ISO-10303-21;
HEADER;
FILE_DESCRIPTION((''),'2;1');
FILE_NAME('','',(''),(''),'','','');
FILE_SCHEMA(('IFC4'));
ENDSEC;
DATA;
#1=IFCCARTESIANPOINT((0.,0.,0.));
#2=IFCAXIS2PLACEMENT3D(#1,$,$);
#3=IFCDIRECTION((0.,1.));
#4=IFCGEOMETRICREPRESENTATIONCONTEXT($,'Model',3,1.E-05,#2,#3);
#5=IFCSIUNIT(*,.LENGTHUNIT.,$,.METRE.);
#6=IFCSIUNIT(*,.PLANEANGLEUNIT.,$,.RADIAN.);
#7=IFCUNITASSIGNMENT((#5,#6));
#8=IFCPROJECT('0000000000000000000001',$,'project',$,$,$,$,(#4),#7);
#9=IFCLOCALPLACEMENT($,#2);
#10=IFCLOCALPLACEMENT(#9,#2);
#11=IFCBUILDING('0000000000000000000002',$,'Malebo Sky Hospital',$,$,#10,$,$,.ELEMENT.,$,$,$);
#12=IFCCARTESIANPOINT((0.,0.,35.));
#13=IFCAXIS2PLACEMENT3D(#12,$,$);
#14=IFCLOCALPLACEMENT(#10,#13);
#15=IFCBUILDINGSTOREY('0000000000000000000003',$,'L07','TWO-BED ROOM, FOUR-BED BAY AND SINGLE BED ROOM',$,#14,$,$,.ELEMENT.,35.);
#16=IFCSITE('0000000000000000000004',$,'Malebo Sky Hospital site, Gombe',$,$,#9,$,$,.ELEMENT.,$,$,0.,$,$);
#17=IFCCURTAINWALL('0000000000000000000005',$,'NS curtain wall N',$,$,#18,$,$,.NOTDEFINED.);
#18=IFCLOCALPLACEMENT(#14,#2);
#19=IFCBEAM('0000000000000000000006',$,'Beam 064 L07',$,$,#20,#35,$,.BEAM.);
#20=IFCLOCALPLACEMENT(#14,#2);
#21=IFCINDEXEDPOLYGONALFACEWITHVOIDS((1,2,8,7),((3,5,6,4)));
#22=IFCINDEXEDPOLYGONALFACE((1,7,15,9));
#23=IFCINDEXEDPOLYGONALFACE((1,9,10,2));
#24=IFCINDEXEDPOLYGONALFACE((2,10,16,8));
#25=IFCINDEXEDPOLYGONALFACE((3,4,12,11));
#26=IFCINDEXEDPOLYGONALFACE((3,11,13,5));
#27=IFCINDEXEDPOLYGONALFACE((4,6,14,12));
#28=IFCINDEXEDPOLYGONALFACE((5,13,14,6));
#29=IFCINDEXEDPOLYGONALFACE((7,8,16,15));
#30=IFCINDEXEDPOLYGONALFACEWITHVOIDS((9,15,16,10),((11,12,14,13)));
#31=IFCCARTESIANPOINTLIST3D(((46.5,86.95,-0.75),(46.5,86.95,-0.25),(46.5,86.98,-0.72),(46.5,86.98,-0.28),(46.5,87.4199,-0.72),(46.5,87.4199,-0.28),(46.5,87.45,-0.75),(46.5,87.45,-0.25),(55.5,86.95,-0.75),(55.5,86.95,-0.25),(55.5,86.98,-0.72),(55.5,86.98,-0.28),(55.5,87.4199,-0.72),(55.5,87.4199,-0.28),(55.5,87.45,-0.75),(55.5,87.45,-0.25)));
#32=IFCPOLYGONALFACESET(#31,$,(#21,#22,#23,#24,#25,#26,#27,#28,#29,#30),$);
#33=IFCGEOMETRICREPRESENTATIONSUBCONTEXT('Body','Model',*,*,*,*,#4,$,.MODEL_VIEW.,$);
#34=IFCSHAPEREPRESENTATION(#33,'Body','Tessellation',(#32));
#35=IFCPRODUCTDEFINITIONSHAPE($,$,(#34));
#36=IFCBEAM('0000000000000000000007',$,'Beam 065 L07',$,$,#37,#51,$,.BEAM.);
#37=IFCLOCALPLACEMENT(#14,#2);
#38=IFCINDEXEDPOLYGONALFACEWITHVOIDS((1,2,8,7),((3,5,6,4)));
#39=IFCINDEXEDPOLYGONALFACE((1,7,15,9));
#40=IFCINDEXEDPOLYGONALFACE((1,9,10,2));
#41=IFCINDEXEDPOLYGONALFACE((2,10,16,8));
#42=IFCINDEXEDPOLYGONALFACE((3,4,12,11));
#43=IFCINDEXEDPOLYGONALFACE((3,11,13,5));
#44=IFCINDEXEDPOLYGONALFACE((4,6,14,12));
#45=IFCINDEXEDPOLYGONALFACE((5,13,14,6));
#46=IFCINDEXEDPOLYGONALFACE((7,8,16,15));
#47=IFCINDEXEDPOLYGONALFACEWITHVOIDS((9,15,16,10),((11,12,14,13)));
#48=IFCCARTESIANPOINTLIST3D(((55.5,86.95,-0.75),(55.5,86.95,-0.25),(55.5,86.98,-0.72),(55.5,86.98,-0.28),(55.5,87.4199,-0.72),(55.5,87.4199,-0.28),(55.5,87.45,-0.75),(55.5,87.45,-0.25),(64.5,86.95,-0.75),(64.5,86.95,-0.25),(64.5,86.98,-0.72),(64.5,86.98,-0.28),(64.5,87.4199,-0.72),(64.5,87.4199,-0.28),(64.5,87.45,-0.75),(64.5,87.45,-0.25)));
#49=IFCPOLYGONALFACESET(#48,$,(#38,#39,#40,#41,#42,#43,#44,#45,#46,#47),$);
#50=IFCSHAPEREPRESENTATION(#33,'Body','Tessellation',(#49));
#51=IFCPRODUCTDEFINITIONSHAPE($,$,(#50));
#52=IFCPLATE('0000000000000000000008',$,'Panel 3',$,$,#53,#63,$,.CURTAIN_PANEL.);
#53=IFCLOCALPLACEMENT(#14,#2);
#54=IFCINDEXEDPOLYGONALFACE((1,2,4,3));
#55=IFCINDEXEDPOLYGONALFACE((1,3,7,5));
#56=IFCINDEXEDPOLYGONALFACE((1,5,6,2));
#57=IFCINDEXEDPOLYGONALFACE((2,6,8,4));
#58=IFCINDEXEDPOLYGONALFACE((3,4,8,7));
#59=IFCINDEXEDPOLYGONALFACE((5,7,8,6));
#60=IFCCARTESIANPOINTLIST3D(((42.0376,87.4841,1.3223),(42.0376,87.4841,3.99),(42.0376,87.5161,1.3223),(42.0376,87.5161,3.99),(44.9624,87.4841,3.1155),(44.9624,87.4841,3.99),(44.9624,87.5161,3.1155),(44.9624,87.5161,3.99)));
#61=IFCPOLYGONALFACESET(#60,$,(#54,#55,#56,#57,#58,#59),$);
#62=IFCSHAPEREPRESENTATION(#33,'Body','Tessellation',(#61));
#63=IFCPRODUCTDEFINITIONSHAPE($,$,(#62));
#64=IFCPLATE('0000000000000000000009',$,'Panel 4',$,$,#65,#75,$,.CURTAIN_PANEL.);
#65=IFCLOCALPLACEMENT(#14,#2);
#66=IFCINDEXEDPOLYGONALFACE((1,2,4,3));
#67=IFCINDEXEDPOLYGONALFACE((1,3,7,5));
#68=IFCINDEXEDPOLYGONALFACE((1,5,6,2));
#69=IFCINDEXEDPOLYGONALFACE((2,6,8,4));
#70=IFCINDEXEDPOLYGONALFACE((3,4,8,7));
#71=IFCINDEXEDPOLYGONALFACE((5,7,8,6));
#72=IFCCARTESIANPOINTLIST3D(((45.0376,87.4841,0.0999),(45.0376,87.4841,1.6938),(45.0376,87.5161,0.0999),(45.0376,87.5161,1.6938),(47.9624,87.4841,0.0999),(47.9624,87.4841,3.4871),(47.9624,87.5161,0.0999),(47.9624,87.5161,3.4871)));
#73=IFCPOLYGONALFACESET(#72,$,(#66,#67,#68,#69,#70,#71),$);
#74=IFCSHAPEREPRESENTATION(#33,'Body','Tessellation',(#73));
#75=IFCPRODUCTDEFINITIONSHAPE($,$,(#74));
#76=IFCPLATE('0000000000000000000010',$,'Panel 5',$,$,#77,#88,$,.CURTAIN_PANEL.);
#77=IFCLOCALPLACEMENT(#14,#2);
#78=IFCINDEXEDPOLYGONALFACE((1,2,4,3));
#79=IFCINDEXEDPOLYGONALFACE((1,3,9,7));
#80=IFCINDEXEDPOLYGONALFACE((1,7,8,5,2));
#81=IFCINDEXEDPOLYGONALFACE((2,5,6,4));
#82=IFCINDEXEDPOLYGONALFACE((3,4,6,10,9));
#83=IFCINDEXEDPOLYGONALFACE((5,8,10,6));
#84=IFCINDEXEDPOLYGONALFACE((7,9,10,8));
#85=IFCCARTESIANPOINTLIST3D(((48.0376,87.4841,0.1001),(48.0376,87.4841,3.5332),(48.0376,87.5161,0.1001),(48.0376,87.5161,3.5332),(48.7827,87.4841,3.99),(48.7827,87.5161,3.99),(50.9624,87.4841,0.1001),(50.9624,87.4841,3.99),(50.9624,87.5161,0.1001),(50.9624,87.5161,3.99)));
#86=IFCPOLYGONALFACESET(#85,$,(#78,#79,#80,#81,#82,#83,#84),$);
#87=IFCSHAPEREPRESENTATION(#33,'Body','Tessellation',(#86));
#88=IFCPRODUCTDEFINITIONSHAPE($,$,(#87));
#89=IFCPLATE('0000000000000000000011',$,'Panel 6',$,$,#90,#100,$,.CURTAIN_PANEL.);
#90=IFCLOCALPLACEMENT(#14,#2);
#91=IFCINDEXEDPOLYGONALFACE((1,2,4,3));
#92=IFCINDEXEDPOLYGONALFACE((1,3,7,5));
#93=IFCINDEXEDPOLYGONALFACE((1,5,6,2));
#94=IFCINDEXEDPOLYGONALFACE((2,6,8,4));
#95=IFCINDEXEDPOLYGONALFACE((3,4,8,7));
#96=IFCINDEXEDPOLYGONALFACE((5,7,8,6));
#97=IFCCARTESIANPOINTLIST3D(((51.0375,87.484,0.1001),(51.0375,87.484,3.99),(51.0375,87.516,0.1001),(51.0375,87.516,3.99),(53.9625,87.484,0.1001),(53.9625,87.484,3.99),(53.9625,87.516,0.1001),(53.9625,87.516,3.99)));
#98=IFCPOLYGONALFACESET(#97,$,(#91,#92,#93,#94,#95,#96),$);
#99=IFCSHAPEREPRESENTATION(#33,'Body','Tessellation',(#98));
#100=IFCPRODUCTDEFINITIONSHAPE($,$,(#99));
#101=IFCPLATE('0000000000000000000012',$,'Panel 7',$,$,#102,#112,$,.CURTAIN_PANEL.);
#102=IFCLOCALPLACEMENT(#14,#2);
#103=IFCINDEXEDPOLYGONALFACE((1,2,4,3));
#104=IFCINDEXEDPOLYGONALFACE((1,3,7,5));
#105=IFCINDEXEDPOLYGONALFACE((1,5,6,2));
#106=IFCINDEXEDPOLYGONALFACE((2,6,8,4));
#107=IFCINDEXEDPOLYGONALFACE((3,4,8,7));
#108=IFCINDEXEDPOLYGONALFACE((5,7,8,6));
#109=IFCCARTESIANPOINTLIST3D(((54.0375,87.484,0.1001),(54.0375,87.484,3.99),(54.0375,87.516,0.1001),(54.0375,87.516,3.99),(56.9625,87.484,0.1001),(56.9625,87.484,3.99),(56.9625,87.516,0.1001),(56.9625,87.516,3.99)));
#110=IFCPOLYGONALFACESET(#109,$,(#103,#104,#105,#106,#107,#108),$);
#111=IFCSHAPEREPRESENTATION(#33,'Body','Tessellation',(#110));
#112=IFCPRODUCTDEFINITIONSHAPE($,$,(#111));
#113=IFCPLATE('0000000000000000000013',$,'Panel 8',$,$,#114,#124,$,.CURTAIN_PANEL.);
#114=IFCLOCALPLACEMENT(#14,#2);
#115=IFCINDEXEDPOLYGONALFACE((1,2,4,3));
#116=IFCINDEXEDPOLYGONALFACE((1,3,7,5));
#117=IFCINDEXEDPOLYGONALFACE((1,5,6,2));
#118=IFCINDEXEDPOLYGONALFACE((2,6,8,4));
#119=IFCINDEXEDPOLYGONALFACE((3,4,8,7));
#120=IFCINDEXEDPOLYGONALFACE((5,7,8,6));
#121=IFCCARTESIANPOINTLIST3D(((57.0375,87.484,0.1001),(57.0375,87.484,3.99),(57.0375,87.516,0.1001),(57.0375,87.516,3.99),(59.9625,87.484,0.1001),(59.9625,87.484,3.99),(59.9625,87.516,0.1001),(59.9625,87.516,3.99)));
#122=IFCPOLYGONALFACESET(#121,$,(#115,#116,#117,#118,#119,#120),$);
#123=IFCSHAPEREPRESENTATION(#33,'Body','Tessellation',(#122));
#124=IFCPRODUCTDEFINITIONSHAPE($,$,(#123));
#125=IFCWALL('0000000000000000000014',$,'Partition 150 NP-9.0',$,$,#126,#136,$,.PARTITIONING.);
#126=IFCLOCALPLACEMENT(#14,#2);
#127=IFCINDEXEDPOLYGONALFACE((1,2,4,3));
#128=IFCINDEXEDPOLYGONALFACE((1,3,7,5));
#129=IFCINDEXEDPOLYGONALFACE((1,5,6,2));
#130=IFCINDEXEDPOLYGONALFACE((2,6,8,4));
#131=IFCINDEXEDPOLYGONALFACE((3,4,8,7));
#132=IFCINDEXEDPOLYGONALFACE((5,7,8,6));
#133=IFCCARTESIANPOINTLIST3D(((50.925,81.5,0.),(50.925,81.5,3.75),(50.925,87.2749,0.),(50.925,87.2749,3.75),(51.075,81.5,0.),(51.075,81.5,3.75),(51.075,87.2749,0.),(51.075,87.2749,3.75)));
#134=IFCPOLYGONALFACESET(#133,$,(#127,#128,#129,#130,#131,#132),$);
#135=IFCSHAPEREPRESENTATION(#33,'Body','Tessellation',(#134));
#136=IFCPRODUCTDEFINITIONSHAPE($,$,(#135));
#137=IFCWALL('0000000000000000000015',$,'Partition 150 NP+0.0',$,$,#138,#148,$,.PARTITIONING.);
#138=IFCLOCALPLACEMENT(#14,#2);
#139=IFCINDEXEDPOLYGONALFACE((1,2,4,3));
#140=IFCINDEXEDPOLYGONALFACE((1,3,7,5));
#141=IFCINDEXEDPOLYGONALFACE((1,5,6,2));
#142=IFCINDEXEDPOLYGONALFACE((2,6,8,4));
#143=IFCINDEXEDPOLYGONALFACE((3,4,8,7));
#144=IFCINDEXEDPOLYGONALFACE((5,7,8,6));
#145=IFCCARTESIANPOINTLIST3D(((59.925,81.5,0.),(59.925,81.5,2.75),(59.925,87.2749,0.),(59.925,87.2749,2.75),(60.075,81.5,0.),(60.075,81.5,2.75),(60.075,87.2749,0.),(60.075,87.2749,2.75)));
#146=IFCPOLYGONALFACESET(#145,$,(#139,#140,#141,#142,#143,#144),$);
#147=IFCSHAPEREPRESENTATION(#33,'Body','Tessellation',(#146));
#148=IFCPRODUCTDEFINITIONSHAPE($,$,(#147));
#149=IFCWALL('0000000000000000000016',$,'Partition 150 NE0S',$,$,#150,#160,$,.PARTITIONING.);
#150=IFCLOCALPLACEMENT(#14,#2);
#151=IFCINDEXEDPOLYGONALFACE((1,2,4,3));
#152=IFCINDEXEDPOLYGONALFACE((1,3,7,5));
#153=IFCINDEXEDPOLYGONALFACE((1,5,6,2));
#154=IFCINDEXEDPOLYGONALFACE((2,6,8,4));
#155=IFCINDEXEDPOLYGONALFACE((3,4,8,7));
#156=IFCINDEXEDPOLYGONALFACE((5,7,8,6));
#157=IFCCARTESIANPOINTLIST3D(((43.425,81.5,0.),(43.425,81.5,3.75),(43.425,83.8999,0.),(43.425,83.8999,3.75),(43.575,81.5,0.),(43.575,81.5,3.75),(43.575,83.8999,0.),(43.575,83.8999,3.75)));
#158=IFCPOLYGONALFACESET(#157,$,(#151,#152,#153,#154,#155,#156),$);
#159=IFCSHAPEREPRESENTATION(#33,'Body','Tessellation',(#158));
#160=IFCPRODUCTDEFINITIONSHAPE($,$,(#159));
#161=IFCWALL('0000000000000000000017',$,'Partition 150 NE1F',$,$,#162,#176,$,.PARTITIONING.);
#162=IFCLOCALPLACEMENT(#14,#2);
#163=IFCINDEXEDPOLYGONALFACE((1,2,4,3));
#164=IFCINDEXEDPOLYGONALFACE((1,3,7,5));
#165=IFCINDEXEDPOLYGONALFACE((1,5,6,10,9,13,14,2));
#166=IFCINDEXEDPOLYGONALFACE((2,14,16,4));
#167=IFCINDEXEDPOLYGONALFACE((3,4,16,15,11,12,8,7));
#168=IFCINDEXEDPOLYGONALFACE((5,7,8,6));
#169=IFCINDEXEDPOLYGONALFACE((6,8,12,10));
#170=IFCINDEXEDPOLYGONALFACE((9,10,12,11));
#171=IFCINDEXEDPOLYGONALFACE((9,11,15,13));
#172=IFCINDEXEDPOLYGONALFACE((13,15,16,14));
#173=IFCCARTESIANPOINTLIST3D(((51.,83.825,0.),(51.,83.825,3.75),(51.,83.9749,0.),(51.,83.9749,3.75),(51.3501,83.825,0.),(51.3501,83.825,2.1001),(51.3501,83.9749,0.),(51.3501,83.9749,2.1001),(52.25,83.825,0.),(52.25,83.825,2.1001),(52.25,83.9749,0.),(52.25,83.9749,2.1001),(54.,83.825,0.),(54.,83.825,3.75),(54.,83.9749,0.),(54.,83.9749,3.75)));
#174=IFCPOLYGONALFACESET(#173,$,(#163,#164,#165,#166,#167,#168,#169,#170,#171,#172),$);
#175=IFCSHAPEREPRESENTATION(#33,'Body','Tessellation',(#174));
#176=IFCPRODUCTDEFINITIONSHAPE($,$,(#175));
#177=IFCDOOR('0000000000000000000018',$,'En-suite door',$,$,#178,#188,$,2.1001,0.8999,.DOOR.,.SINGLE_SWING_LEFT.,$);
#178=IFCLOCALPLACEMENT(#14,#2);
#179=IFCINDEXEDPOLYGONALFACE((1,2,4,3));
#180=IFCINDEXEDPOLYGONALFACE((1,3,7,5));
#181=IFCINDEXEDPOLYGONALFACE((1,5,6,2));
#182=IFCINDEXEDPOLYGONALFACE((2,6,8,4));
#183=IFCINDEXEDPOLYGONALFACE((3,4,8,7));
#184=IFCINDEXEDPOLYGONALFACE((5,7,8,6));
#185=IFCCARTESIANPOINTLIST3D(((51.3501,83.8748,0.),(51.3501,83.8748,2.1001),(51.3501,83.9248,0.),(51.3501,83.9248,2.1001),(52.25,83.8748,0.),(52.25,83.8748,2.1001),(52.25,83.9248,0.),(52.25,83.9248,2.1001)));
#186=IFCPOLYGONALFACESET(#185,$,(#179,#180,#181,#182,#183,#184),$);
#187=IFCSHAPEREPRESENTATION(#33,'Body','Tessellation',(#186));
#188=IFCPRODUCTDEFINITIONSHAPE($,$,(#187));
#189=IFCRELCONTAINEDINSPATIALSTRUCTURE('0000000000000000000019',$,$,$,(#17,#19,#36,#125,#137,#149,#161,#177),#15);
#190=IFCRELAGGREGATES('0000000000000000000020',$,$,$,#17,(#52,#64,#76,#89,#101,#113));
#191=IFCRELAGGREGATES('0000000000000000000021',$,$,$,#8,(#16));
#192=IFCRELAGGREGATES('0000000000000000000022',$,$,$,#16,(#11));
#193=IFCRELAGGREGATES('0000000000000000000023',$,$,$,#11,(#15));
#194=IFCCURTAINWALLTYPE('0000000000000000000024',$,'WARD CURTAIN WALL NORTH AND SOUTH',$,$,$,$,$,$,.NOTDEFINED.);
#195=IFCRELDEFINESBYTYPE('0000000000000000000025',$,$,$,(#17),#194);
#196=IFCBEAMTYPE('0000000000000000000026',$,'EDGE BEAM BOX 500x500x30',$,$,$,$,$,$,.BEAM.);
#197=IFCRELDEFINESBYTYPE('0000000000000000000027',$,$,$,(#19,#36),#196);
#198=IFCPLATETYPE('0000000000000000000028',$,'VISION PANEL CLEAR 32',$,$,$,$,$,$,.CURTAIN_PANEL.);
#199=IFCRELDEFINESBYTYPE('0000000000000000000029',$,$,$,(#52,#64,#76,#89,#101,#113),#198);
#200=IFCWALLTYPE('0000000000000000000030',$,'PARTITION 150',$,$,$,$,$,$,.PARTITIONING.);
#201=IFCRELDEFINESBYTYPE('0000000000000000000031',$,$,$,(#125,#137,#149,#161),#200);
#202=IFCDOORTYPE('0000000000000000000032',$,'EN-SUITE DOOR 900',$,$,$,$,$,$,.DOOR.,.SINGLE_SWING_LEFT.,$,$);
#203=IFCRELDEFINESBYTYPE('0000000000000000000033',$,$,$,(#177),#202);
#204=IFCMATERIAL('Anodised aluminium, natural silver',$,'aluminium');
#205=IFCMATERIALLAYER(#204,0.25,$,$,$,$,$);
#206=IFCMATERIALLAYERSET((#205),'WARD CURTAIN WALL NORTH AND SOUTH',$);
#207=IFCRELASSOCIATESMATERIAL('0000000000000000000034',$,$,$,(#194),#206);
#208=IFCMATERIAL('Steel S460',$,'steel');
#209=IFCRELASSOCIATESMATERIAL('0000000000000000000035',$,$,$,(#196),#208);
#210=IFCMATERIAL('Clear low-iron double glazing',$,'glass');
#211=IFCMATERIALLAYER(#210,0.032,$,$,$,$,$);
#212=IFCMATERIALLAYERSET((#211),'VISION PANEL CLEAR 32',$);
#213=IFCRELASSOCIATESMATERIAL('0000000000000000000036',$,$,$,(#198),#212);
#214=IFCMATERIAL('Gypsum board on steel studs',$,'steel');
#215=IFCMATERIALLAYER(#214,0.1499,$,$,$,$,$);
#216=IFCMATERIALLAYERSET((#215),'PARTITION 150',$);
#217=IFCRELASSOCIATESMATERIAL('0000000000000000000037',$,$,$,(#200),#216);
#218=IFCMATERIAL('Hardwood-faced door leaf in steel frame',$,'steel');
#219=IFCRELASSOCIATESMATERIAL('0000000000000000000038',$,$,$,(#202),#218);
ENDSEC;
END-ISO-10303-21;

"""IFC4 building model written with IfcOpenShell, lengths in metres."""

from ifc_helpers import new_model, si_unit, direction, frame, frame_2d, origin, origin_2d, place, context, subcontext, project, spatial, polyline, rectangle, hollow_rectangle, outline, extrude, material, layer, layer_set, material_profile, profile_set, type_object, element, fill, aggregate, save


model = new_model("IFC4")

# Units and contexts
model_context = context("Model", 3, precision=1e-05, world=origin(), true_north=direction((0.0, 1.0)))
body_context = subcontext(model_context, "Body", "Model", "MODEL_VIEW")
ifc_project = project(units=[si_unit("LENGTHUNIT", "METRE"), si_unit("PLANEANGLEUNIT", "RADIAN")], contexts=[model_context])

# Site, building, storey
site_placement = place(None, origin())
site = spatial("IfcSite", under=ifc_project, at=site_placement, Name="Malebo Sky Hospital site, Gombe", CompositionType="ELEMENT", RefElevation=0.0)
building_placement = place(site_placement, origin())
building = spatial("IfcBuilding", under=site, at=building_placement, Name="Malebo Sky Hospital", CompositionType="ELEMENT")
storey_placement = place(building_placement, frame((0.0, 0.0, 35.0)))
storey = spatial("IfcBuildingStorey", under=building, at=storey_placement, Name="L07", Description="TWO-BED ROOM, FOUR-BED BAY AND SINGLE BED ROOM", CompositionType="ELEMENT", Elevation=35.0)

# Shared definitions
ifc_material_1 = material(Name="Steel S460", Category="steel")

# Curtain wall
ifc_material_2 = material(Name="Anodised aluminium, natural silver", Category="aluminium")
ifc_layer_1 = layer(ifc_material_2, 0.25)
ifc_layer_set_1 = layer_set([ifc_layer_1], Name="WARD CURTAIN WALL NORTH AND SOUTH")
curtain_wall_type = type_object("IfcCurtainWallType", Name="WARD CURTAIN WALL NORTH AND SOUTH", PredefinedType="NOTDEFINED", material=ifc_layer_set_1)
curtain_wall_placement = place(storey_placement, origin())
curtain_wall = element("IfcCurtainWall", 1, at=curtain_wall_placement, inside=storey, type_object=curtain_wall_type, Name="NS curtain wall N", PredefinedType="NOTDEFINED")

# Beams
ifc_material_profile_1 = material_profile(ifc_material_1, hollow_rectangle(XDim=0.5, YDim=0.5, WallThickness=0.03, at=origin_2d()), Name="BOX 500x500x30")
ifc_profile_set_1 = profile_set([ifc_material_profile_1], Name="Steel S460")
beam_type = type_object("IfcBeamType", Name="EDGE BEAM BOX 500x500x30", PredefinedType="BEAM", material=ifc_profile_set_1)
for number, where, z_axis, x_axis, name in (
    (2, (46.5, 87.2, -0.5), (1.0, 0.0, 0.0), (0.0, 1.0, 0.0), "Beam 064 L07"),
    (3, (55.5, 87.2, -0.5), (1.0, 0.0, 0.0), (0.0, 1.0, 0.0), "Beam 065 L07"),
):
    element("IfcBeam", number, at=place(storey_placement, frame(where, z_axis=z_axis, x_axis=x_axis)), inside=storey, type_object=beam_type, Name=name, PredefinedType="BEAM", context=body_context, shape_type="SweptSolid", body=[
        extrude(hollow_rectangle(XDim=0.5, YDim=0.5, WallThickness=0.03, at=origin_2d()), origin(), (0.0, 0.0, 1.0), 9.0),
    ])

# Plates
ifc_material_3 = material(Name="Clear low-iron double glazing", Category="glass")
ifc_layer_2 = layer(ifc_material_3, 0.032)
ifc_layer_set_2 = layer_set([ifc_layer_2], Name="VISION PANEL CLEAR 32")
plate_type = type_object("IfcPlateType", Name="VISION PANEL CLEAR 32", PredefinedType="CURTAIN_PANEL", material=ifc_layer_set_2)
plate_1_placement = place(storey_placement, frame((43.5, 87.5, 1.3223), z_axis=(0.0, 0.0, 1.0), x_axis=(1.0, 0.0, 0.0)))
plate_1 = element("IfcPlate", 4, at=plate_1_placement, type_object=plate_type, Name="Panel 3", PredefinedType="CURTAIN_PANEL", context=body_context, shape_type="SweptSolid", body=[
    extrude(outline(polyline([(-1.4624, 0.0), (1.4624, 1.7932), (1.4624, 2.6677), (-1.4624, 2.6677), (-1.4624, 0.0)])), frame((0.0, 0.0161, 0.0), z_axis=(0.0, -1.0, 0.0), x_axis=(1.0, 0.0, 0.0)), (0.0, 0.0, 1.0), 0.032),
])
plate_2_placement = place(storey_placement, frame((46.5, 87.5, 0.0999), z_axis=(0.0, 0.0, 1.0), x_axis=(1.0, 0.0, 0.0)))
plate_2 = element("IfcPlate", 5, at=plate_2_placement, type_object=plate_type, Name="Panel 4", PredefinedType="CURTAIN_PANEL", context=body_context, shape_type="SweptSolid", body=[
    extrude(outline(polyline([(-1.4624, 0.0), (1.4624, 0.0), (1.4624, 3.3872), (-1.4624, 1.594), (-1.4624, 0.0)])), frame((0.0, 0.0161, 0.0), z_axis=(0.0, -1.0, 0.0), x_axis=(1.0, 0.0, 0.0)), (0.0, 0.0, 1.0), 0.032),
])
plate_3_placement = place(storey_placement, frame((49.5, 87.5, 0.1001), z_axis=(0.0, 0.0, 1.0), x_axis=(1.0, 0.0, 0.0)))
plate_3 = element("IfcPlate", 6, at=plate_3_placement, type_object=plate_type, Name="Panel 5", PredefinedType="CURTAIN_PANEL", context=body_context, shape_type="SweptSolid", body=[
    extrude(outline(polyline([(-1.4624, 0.0), (1.4624, 0.0), (1.4624, 3.8899), (-0.7173, 3.8899), (-1.4624, 3.4331), (-1.4624, 0.0)])), frame((0.0, 0.0161, 0.0), z_axis=(0.0, -1.0, 0.0), x_axis=(1.0, 0.0, 0.0)), (0.0, 0.0, 1.0), 0.032),
])
plate_4_placement = place(storey_placement, frame((52.5, 87.5, 0.1001), z_axis=(0.0, 0.0, 1.0), x_axis=(1.0, 0.0, 0.0)))
plate_4 = element("IfcPlate", 7, at=plate_4_placement, type_object=plate_type, Name="Panel 6", PredefinedType="CURTAIN_PANEL", context=body_context, shape_type="SweptSolid", body=[
    extrude(rectangle(XDim=2.925, YDim=0.032, at=origin_2d()), origin(), (0.0, 0.0, 1.0), 3.8899),
])
plate_5_placement = place(storey_placement, frame((55.5, 87.5, 0.1001), z_axis=(0.0, 0.0, 1.0), x_axis=(1.0, 0.0, 0.0)))
plate_5 = element("IfcPlate", 8, at=plate_5_placement, type_object=plate_type, Name="Panel 7", PredefinedType="CURTAIN_PANEL", context=body_context, shape_type="SweptSolid", body=[
    extrude(rectangle(XDim=2.925, YDim=0.032, at=origin_2d()), origin(), (0.0, 0.0, 1.0), 3.8899),
])
plate_6_placement = place(storey_placement, frame((58.5, 87.5, 0.1001), z_axis=(0.0, 0.0, 1.0), x_axis=(1.0, 0.0, 0.0)))
plate_6 = element("IfcPlate", 9, at=plate_6_placement, type_object=plate_type, Name="Panel 8", PredefinedType="CURTAIN_PANEL", context=body_context, shape_type="SweptSolid", body=[
    extrude(rectangle(XDim=2.925, YDim=0.032, at=origin_2d()), origin(), (0.0, 0.0, 1.0), 3.8899),
])
aggregate(curtain_wall, [plate_1, plate_2, plate_3, plate_4, plate_5, plate_6])

# Walls
ifc_material_4 = material(Name="Gypsum board on steel studs", Category="steel")
ifc_layer_3 = layer(ifc_material_4, 0.1499)
ifc_layer_set_3 = layer_set([ifc_layer_3], Name="PARTITION 150")
wall_type = type_object("IfcWallType", Name="PARTITION 150", PredefinedType="PARTITIONING", material=ifc_layer_set_3)
wall_1_placement = place(storey_placement, frame((51.0, 81.5, 0.0), z_axis=(0.0, 0.0, 1.0), x_axis=(0.0, 1.0, 0.0)))
element("IfcWall", 10, at=wall_1_placement, inside=storey, type_object=wall_type, Name="Partition 150 NP-9.0", PredefinedType="PARTITIONING", context=body_context, shape_type="SweptSolid", body=[
    extrude(rectangle(XDim=5.7749, YDim=0.1499, at=frame_2d((2.8875, 0.0))), origin(), (0.0, 0.0, 1.0), 3.75),
])
wall_2_placement = place(storey_placement, frame((60.0, 81.5, 0.0), z_axis=(0.0, 0.0, 1.0), x_axis=(0.0, 1.0, 0.0)))
element("IfcWall", 11, at=wall_2_placement, inside=storey, type_object=wall_type, Name="Partition 150 NP+0.0", PredefinedType="PARTITIONING", context=body_context, shape_type="SweptSolid", body=[
    extrude(rectangle(XDim=5.7749, YDim=0.1499, at=frame_2d((2.8875, 0.0))), origin(), (0.0, 0.0, 1.0), 2.75),
])
wall_3_placement = place(storey_placement, frame((43.5, 81.5, 0.0), z_axis=(0.0, 0.0, 1.0), x_axis=(0.0, 1.0, 0.0)))
element("IfcWall", 12, at=wall_3_placement, inside=storey, type_object=wall_type, Name="Partition 150 NE0S", PredefinedType="PARTITIONING", context=body_context, shape_type="SweptSolid", body=[
    extrude(rectangle(XDim=2.3999, YDim=0.1499, at=frame_2d((1.2, 0.0))), origin(), (0.0, 0.0, 1.0), 3.75),
])

# Wall, opening, door
wall_4_placement = place(storey_placement, frame((51.0, 83.8999, 0.0), z_axis=(0.0, 0.0, 1.0), x_axis=(1.0, 0.0, 0.0)))
wall_4 = element("IfcWall", 13, at=wall_4_placement, inside=storey, type_object=wall_type, Name="Partition 150 NE1F", PredefinedType="PARTITIONING", context=body_context, shape_type="SweptSolid", body=[
    extrude(rectangle(XDim=3.0, YDim=0.1499, at=frame_2d((1.5, 0.0))), origin(), (0.0, 0.0, 1.0), 3.75),
])
opening_1_placement = place(wall_4_placement, frame((0.3501, 0.0, 0.0)))
opening_1 = element("IfcOpeningElement", 14, at=opening_1_placement, cuts=wall_4, PredefinedType="OPENING", context=body_context, shape_type="SweptSolid", body=[
    extrude(rectangle(XDim=0.8999, YDim=2.1001, at=frame_2d((0.45, 1.05))), frame((0.0, 0.085, 0.0), z_axis=(0.0, -1.0, 0.0), x_axis=(1.0, 0.0, 0.0)), (0.0, 0.0, 1.0), 0.1699),
])
ifc_material_5 = material(Name="Hardwood-faced door leaf in steel frame", Category="steel")
door_type = type_object("IfcDoorType", Name="EN-SUITE DOOR 900", OperationType="SINGLE_SWING_LEFT", PredefinedType="DOOR", material=ifc_material_5)
door_1_placement = place(opening_1_placement, origin())
door_1 = element("IfcDoor", 15, at=door_1_placement, inside=storey, type_object=door_type, Name="En-suite door", OperationType="SINGLE_SWING_LEFT", OverallHeight=2.1001, OverallWidth=0.8999, PredefinedType="DOOR", context=body_context, shape_type="SweptSolid", body=[
    extrude(rectangle(XDim=0.8999, YDim=2.1001, at=frame_2d((0.45, 1.05))), frame((0.0, 0.0249, 0.0), z_axis=(0.0, -1.0, 0.0), x_axis=(1.0, 0.0, 0.0)), (0.0, 0.0, 1.0), 0.05),
])
fill(opening_1, door_1)

save(model, "model.ifc")
